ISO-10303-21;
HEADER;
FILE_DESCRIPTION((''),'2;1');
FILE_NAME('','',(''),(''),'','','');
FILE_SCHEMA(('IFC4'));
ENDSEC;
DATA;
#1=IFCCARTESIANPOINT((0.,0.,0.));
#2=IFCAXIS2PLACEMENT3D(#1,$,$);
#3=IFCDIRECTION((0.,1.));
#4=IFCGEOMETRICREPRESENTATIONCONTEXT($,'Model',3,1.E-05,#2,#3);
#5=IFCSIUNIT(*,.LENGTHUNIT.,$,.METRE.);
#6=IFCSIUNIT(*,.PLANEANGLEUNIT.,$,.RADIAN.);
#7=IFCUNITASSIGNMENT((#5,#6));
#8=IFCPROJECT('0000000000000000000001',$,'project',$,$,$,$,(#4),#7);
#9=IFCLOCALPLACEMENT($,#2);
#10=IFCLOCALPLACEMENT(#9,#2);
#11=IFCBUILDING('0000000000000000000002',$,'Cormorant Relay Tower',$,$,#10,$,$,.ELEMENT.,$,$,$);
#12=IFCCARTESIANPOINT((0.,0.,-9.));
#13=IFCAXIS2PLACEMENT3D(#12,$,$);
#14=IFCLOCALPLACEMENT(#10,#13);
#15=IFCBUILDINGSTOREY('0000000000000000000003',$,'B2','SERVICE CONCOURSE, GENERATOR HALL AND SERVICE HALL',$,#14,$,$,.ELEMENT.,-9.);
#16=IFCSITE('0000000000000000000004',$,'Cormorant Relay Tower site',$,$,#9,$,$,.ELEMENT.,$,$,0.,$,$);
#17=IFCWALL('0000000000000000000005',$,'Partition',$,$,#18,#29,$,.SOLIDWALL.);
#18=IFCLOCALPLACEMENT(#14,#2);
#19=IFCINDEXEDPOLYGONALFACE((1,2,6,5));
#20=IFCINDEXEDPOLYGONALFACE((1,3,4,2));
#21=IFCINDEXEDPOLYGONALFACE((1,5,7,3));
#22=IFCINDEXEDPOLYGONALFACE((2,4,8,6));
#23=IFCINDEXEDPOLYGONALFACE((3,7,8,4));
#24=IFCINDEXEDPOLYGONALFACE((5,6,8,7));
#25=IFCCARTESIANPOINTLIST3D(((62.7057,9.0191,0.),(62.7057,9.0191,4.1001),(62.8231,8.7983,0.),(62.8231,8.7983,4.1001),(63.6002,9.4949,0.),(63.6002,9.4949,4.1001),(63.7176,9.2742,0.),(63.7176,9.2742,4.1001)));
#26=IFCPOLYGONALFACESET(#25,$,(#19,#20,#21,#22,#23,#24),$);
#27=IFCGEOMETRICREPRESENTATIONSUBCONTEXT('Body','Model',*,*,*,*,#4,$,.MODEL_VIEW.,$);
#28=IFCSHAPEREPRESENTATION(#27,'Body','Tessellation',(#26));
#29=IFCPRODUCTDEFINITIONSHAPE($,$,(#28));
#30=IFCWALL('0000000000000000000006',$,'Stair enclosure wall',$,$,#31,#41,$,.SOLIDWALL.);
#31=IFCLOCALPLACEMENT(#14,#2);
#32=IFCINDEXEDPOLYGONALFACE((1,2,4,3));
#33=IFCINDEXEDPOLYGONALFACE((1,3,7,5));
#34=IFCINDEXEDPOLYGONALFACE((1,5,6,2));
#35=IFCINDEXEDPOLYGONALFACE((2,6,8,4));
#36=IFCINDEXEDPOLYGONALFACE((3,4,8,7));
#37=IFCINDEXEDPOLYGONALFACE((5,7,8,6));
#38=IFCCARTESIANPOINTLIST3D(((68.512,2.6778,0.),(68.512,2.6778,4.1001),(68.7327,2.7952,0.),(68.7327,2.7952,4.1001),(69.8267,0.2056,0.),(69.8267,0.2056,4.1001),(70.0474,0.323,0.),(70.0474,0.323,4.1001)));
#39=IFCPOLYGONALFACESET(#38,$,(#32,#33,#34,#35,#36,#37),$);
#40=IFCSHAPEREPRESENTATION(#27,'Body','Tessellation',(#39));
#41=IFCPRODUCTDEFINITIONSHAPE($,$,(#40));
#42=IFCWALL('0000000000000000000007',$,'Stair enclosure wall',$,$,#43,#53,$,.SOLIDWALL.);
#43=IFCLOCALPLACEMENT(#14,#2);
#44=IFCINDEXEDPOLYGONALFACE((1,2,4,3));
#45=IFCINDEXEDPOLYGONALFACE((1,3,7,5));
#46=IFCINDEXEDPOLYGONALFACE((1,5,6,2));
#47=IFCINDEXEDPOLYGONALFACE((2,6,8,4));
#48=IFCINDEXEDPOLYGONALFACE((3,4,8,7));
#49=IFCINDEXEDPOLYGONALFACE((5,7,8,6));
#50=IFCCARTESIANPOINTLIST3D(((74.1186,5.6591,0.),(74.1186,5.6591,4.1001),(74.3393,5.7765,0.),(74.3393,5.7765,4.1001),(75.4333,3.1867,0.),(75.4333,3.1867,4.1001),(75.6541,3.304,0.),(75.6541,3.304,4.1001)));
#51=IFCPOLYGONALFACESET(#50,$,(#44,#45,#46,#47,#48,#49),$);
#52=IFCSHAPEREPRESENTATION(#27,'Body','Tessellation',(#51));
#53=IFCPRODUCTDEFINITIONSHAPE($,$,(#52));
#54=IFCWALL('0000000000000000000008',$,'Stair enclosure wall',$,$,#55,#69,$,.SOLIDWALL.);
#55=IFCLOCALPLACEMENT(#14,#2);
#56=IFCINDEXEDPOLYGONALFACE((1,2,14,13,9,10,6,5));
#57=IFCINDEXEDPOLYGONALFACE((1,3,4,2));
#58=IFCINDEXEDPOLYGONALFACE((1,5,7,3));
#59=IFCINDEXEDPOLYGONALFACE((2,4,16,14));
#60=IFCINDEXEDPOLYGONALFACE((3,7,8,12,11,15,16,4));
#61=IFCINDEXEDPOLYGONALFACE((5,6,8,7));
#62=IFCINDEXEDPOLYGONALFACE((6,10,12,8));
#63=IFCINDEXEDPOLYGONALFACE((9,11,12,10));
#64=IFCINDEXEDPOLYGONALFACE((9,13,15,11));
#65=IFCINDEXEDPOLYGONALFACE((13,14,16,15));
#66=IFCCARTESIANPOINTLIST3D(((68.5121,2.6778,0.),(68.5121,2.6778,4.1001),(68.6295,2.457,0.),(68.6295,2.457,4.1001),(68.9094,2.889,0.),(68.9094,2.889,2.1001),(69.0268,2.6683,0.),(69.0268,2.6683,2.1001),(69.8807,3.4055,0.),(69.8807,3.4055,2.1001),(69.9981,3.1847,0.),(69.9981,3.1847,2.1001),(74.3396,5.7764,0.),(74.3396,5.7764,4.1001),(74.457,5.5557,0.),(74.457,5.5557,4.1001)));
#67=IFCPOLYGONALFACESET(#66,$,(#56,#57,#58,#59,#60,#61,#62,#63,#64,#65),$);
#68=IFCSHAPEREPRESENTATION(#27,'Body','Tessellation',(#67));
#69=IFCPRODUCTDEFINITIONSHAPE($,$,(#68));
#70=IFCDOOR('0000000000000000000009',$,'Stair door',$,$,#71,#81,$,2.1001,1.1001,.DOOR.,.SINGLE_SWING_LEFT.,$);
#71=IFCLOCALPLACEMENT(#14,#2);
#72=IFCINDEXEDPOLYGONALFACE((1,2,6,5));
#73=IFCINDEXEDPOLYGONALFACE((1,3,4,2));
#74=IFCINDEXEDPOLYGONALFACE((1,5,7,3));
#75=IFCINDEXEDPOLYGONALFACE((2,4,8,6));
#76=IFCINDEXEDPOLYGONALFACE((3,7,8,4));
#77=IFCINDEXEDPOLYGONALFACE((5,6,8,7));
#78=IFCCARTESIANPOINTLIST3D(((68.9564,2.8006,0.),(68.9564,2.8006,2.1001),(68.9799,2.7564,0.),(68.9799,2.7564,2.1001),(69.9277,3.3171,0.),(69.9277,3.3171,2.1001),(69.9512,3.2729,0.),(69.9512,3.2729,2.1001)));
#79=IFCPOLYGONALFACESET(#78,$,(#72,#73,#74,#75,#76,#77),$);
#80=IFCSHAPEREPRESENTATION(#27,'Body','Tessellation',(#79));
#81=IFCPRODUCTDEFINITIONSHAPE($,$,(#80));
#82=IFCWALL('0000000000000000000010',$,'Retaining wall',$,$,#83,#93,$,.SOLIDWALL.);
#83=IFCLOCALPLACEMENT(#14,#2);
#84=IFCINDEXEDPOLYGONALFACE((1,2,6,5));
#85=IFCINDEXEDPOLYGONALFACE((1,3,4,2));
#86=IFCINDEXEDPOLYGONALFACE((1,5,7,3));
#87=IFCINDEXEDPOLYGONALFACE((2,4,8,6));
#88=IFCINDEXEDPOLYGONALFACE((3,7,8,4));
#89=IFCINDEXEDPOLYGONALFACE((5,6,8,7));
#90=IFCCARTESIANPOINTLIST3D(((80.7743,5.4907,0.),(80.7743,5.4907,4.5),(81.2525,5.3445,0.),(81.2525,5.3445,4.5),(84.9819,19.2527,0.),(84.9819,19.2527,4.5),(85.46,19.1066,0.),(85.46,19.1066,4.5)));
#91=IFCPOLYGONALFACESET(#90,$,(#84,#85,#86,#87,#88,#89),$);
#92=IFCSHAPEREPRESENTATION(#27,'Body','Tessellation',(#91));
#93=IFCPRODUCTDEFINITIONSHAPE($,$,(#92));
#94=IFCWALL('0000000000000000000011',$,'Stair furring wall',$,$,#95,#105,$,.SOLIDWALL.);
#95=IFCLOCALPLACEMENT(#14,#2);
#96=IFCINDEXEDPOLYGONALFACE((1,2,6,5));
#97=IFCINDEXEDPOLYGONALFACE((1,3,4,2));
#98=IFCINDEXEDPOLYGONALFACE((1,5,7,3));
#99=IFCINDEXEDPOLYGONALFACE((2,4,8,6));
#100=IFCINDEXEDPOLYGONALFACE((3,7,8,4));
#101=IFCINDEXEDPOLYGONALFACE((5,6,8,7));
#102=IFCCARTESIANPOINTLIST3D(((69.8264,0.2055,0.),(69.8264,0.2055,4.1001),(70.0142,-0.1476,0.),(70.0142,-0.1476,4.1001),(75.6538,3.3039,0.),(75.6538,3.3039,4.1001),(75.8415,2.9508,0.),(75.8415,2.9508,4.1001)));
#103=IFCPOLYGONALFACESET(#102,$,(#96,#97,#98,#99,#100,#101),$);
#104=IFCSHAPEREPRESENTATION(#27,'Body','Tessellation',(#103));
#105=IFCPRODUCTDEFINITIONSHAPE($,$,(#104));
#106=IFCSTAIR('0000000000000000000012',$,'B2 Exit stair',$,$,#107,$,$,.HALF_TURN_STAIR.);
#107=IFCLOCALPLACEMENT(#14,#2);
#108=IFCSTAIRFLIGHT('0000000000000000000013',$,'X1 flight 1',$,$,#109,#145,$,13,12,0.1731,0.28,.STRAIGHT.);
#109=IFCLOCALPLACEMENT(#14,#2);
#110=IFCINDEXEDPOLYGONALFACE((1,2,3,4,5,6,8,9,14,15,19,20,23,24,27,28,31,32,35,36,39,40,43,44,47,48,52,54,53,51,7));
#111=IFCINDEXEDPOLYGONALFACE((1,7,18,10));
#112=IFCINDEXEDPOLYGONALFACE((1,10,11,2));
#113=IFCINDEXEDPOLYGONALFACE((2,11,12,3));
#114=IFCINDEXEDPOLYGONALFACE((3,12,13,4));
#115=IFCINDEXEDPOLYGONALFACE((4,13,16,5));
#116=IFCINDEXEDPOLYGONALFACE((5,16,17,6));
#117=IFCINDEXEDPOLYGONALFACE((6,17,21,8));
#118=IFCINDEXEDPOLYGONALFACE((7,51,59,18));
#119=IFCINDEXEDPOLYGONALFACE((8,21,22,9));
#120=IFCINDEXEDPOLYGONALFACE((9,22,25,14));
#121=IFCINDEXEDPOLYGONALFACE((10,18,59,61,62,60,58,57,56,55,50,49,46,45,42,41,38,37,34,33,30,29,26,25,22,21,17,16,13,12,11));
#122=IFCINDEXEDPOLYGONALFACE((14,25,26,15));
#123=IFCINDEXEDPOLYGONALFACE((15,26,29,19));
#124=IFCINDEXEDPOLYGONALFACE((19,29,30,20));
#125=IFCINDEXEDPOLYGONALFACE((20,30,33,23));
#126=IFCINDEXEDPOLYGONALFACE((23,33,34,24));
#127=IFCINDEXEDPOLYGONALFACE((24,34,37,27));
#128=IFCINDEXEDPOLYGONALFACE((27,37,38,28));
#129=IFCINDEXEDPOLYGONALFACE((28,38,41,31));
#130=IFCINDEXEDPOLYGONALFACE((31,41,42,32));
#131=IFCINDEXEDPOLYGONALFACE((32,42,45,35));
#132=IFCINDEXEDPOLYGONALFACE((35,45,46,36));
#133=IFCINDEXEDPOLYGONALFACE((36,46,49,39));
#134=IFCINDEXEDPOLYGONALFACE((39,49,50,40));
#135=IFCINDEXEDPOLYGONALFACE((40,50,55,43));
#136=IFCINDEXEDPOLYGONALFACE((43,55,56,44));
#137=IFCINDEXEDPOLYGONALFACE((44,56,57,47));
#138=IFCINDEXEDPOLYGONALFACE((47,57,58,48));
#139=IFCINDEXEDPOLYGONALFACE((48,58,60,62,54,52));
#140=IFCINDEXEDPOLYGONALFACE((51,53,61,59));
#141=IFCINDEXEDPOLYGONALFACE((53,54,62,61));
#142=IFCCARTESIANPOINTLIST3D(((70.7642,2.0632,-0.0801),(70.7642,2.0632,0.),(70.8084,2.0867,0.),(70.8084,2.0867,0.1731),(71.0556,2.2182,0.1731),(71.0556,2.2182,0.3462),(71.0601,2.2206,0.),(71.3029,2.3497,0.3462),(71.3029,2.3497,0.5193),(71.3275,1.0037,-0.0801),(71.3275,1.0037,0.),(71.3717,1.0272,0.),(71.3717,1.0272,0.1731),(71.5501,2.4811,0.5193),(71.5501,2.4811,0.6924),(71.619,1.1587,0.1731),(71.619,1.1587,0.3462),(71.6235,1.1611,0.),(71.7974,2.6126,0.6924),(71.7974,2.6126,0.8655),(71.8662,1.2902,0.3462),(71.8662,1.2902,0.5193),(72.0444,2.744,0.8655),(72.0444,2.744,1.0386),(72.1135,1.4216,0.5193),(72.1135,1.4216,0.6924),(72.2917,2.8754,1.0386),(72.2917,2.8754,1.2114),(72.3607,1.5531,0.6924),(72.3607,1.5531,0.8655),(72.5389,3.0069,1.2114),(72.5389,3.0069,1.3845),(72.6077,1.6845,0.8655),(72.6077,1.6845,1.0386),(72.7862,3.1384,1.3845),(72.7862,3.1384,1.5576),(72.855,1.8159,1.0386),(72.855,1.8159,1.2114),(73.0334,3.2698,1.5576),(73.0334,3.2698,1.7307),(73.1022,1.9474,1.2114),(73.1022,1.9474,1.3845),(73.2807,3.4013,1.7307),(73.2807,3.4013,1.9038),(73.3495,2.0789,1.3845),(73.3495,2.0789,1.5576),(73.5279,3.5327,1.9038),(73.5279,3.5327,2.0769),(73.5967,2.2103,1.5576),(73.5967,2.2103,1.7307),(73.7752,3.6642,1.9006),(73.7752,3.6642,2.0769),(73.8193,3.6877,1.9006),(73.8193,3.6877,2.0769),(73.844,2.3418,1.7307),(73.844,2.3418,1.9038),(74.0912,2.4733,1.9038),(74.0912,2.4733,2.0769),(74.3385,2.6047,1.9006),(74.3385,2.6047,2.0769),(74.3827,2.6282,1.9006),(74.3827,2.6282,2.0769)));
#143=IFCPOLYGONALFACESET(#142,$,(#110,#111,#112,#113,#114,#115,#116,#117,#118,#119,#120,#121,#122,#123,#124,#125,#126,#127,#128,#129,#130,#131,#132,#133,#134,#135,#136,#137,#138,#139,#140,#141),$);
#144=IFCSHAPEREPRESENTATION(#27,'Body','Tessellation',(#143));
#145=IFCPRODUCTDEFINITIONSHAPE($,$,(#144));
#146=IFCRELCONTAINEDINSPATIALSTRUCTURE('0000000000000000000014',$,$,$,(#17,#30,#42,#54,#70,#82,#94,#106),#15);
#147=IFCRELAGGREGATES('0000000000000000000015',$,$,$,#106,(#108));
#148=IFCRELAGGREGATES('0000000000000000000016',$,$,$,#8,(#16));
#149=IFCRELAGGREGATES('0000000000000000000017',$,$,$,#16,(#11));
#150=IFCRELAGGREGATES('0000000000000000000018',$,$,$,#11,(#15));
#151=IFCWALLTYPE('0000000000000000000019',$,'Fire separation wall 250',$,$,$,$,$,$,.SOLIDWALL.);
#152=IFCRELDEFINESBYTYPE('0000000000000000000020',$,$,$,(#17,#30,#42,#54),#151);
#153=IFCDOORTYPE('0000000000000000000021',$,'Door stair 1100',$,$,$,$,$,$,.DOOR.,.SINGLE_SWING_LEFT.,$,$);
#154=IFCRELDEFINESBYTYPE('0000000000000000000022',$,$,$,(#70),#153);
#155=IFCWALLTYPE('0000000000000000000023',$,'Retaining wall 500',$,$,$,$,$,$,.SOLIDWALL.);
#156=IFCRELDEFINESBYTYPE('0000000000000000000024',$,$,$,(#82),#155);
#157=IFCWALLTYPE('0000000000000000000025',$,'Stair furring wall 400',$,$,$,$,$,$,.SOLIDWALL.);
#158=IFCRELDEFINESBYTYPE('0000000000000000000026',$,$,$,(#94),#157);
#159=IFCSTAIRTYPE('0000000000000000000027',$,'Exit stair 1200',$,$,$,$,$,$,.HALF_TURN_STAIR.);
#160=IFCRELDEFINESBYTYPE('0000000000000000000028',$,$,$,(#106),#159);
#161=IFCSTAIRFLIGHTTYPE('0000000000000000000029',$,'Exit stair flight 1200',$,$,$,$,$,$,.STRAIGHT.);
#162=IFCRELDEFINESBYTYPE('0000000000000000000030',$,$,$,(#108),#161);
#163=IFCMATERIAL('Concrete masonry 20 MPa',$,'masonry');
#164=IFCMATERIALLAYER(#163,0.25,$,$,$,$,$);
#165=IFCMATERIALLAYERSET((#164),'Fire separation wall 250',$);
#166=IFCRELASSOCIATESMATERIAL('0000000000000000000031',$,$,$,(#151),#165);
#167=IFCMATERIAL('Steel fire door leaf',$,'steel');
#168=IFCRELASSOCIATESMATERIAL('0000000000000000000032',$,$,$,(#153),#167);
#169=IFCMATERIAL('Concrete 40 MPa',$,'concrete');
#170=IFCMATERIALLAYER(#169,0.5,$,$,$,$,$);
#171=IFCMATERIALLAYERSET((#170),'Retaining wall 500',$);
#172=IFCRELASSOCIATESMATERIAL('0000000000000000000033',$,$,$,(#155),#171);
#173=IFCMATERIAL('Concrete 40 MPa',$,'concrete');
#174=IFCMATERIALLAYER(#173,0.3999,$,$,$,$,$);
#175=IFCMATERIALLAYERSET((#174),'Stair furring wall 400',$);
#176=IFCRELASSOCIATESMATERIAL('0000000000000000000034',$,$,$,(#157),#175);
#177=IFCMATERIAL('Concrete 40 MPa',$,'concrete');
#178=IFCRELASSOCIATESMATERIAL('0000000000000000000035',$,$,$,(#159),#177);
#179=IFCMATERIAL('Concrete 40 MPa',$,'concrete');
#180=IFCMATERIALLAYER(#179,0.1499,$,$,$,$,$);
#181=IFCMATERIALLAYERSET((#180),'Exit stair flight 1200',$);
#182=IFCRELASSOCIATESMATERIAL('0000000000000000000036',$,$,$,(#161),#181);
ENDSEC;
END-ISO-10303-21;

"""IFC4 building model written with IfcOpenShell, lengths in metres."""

from ifc_helpers import new_model, si_unit, direction, frame, frame_2d, origin, place, context, subcontext, project, spatial, polyline, rectangle, outline, extrude, material, layer, layer_set, type_object, element, fill, aggregate, save


model = new_model("IFC4")

# Units and contexts
model_context = context("Model", 3, precision=1e-05, world=origin(), true_north=direction((0.0, 1.0)))
body_context = subcontext(model_context, "Body", "Model", "MODEL_VIEW")
ifc_project = project(units=[si_unit("LENGTHUNIT", "METRE"), si_unit("PLANEANGLEUNIT", "RADIAN")], contexts=[model_context])

# Site, building, storey
site_placement = place(None, origin())
site = spatial("IfcSite", under=ifc_project, at=site_placement, Name="Cormorant Relay Tower site", CompositionType="ELEMENT", RefElevation=0.0)
building_placement = place(site_placement, origin())
building = spatial("IfcBuilding", under=site, at=building_placement, Name="Cormorant Relay Tower", CompositionType="ELEMENT")
storey_placement = place(building_placement, frame((0.0, 0.0, -9.0)))
storey = spatial("IfcBuildingStorey", under=building, at=storey_placement, Name="B2", Description="SERVICE CONCOURSE, GENERATOR HALL AND SERVICE HALL", CompositionType="ELEMENT", Elevation=-9.0)

# Shared definitions
ifc_material_1 = material(Name="Concrete masonry 20 MPa", Category="masonry")
ifc_layer_1 = layer(ifc_material_1, 0.25)
ifc_layer_set_1 = layer_set([ifc_layer_1], Name="Fire separation wall 250")
wall_type_1 = type_object("IfcWallType", Name="Fire separation wall 250", PredefinedType="SOLIDWALL", material=ifc_layer_set_1)

# Walls
wall_1_placement = place(storey_placement, frame((63.6589, 9.3845, 0.0), z_axis=(0.0, 0.0, 1.0), x_axis=(-0.882866, -0.469625, 0.0)))
element("IfcWall", 1, at=wall_1_placement, inside=storey, type_object=wall_type_1, Name="Partition", PredefinedType="SOLIDWALL", context=body_context, shape_type="SweptSolid", body=[
    extrude(rectangle(XDim=1.0132, YDim=0.25, at=frame_2d((0.5066, 0.0))), origin(), (0.0, 0.0, 1.0), 4.1001),
])
wall_2_placement = place(storey_placement, frame((69.937, 0.2644, 0.0), z_axis=(0.0, 0.0, 1.0), x_axis=(-0.469533, 0.882915, 0.0)))
element("IfcWall", 2, at=wall_2_placement, inside=storey, type_object=wall_type_1, Name="Stair enclosure wall", PredefinedType="SOLIDWALL", context=body_context, shape_type="SweptSolid", body=[
    extrude(rectangle(XDim=2.8, YDim=0.25, at=frame_2d((1.3999, 0.0))), origin(), (0.0, 0.0, 1.0), 4.1001),
])
wall_3_placement = place(storey_placement, frame((75.5437, 3.2454, 0.0), z_axis=(0.0, 0.0, 1.0), x_axis=(-0.469497, 0.882934, 0.0)))
element("IfcWall", 3, at=wall_3_placement, inside=storey, type_object=wall_type_1, Name="Stair enclosure wall", PredefinedType="SOLIDWALL", context=body_context, shape_type="SweptSolid", body=[
    extrude(rectangle(XDim=2.8003, YDim=0.25, at=frame_2d((1.4001, 0.0))), origin(), (0.0, 0.0, 1.0), 4.1001),
])

# Wall, opening, door
wall_4_placement = place(storey_placement, frame((68.5708, 2.5674, 0.0), z_axis=(0.0, 0.0, 1.0), x_axis=(0.882938, 0.46949, 0.0)))
wall_4 = element("IfcWall", 4, at=wall_4_placement, inside=storey, type_object=wall_type_1, Name="Stair enclosure wall", PredefinedType="SOLIDWALL", context=body_context, shape_type="SweptSolid", body=[
    extrude(rectangle(XDim=6.6001, YDim=0.25, at=frame_2d((3.3, 0.0))), origin(), (0.0, 0.0, 1.0), 4.1001),
])
opening_1_placement = place(wall_4_placement, frame((0.45, 0.0, 0.0)))
opening_1 = element("IfcOpeningElement", 5, at=opening_1_placement, cuts=wall_4, PredefinedType="OPENING", context=body_context, shape_type="SweptSolid", body=[
    extrude(rectangle(XDim=1.1001, YDim=2.1001, at=frame_2d((0.55, 1.05))), frame((0.0, 0.135, 0.0), z_axis=(0.0, -1.0, 0.0), x_axis=(1.0, 0.0, 0.0)), (0.0, 0.0, 1.0), 0.27),
])
ifc_material_2 = material(Name="Steel fire door leaf", Category="steel")
door_type_1 = type_object("IfcDoorType", Name="Door stair 1100", OperationType="SINGLE_SWING_LEFT", PredefinedType="DOOR", material=ifc_material_2)
door_1_placement = place(opening_1_placement, origin())
door_1 = element("IfcDoor", 6, at=door_1_placement, inside=storey, type_object=door_type_1, Name="Stair door", OperationType="SINGLE_SWING_LEFT", OverallHeight=2.1001, OverallWidth=1.1001, PredefinedType="DOOR", context=body_context, shape_type="SweptSolid", body=[
    extrude(rectangle(XDim=1.1001, YDim=2.1001, at=frame_2d((0.55, 1.05))), frame((0.0, 0.0249, 0.0), z_axis=(0.0, -1.0, 0.0), x_axis=(1.0, 0.0, 0.0)), (0.0, 0.0, 1.0), 0.05),
])
fill(opening_1, door_1)

# Walls
ifc_material_3 = material(Name="Concrete 40 MPa", Category="concrete")
ifc_layer_2 = layer(ifc_material_3, 0.5)
ifc_layer_set_2 = layer_set([ifc_layer_2], Name="Retaining wall 500")
wall_type_2 = type_object("IfcWallType", Name="Retaining wall 500", PredefinedType="SOLIDWALL", material=ifc_layer_set_2)
wall_5_placement = place(storey_placement, frame((81.0134, 5.4177, 0.0), z_axis=(0.0, 0.0, 1.0), x_axis=(0.292376, 0.956303, 0.0)))
element("IfcWall", 7, at=wall_5_placement, inside=storey, type_object=wall_type_2, Name="Retaining wall", PredefinedType="SOLIDWALL", context=body_context, shape_type="SweptSolid", body=[
    extrude(rectangle(XDim=14.3909, YDim=0.5, at=frame_2d((7.1953, 0.0))), origin(), (0.0, 0.0, 1.0), 4.5),
])
ifc_material_4 = material(Name="Concrete 40 MPa", Category="concrete")
ifc_layer_3 = layer(ifc_material_4, 0.3999)
ifc_layer_set_3 = layer_set([ifc_layer_3], Name="Stair furring wall 400")
wall_type_3 = type_object("IfcWallType", Name="Stair furring wall 400", PredefinedType="SOLIDWALL", material=ifc_layer_set_3)
wall_6_placement = place(storey_placement, frame((69.9204, 0.0291, 0.0), z_axis=(0.0, 0.0, 1.0), x_axis=(0.882953, 0.469461, 0.0)))
element("IfcWall", 8, at=wall_6_placement, inside=storey, type_object=wall_type_3, Name="Stair furring wall", PredefinedType="SOLIDWALL", context=body_context, shape_type="SweptSolid", body=[
    extrude(rectangle(XDim=6.5999, YDim=0.3999, at=frame_2d((3.2998, 0.0))), origin(), (0.0, 0.0, 1.0), 4.1001),
])

# Stair, stair flight
ifc_material_5 = material(Name="Concrete 40 MPa", Category="concrete")
stair_type = type_object("IfcStairType", Name="Exit stair 1200", PredefinedType="HALF_TURN_STAIR", material=ifc_material_5)
stair_placement = place(storey_placement, origin())
stair = element("IfcStair", 9, at=stair_placement, inside=storey, type_object=stair_type, Name="B2 Exit stair", PredefinedType="HALF_TURN_STAIR")
ifc_material_6 = material(Name="Concrete 40 MPa", Category="concrete")
ifc_layer_4 = layer(ifc_material_6, 0.1499)
ifc_layer_set_4 = layer_set([ifc_layer_4], Name="Exit stair flight 1200")
stair_flight_type = type_object("IfcStairFlightType", Name="Exit stair flight 1200", PredefinedType="STRAIGHT", material=ifc_layer_set_4)
stair_flight_1_placement = place(storey_placement, frame((71.0901, 1.5569, 0.0), z_axis=(0.0, 0.0, 1.0), x_axis=(0.882948, 0.469472, 0.0)))
stair_flight_1 = element("IfcStairFlight", 10, at=stair_flight_1_placement, type_object=stair_flight_type, Name="X1 flight 1", NumberOfRisers=13, NumberOfTreads=12, PredefinedType="STRAIGHT", RiserHeight=0.1731, TreadLength=0.28, context=body_context, shape_type="SweptSolid", body=[
    extrude(outline(polyline([(-0.05, -0.0801), (-0.05, 0.0), (0.0, 0.0), (0.0, 0.1731), (0.28, 0.1731), (0.28, 0.3462), (0.5601, 0.3462), (0.5601, 0.5193), (0.8401, 0.5193), (0.8401, 0.6924), (1.1201, 0.6924), (1.1201, 0.8655), (1.3999, 0.8655), (1.3999, 1.0386), (1.6799, 1.0386), (1.6799, 1.2114), (1.96, 1.2114), (1.96, 1.3845), (2.24, 1.3845), (2.24, 1.5576), (2.52, 1.5576), (2.52, 1.7307), (2.8, 1.7307), (2.8, 1.9038), (3.0801, 1.9038), (3.0801, 2.0769), (3.3601, 2.0769), (3.4102, 2.0769), (3.4102, 1.9006), (3.3601, 1.9006), (0.2852, 0.0), (-0.05, -0.0801)])), frame((0.0, 0.6001, 0.0), z_axis=(0.0, -1.0, 0.0), x_axis=(1.0, 0.0, 0.0)), (0.0, 0.0, 1.0), 1.2),
])
aggregate(stair, [stair_flight_1])

save(model, "model.ifc")
